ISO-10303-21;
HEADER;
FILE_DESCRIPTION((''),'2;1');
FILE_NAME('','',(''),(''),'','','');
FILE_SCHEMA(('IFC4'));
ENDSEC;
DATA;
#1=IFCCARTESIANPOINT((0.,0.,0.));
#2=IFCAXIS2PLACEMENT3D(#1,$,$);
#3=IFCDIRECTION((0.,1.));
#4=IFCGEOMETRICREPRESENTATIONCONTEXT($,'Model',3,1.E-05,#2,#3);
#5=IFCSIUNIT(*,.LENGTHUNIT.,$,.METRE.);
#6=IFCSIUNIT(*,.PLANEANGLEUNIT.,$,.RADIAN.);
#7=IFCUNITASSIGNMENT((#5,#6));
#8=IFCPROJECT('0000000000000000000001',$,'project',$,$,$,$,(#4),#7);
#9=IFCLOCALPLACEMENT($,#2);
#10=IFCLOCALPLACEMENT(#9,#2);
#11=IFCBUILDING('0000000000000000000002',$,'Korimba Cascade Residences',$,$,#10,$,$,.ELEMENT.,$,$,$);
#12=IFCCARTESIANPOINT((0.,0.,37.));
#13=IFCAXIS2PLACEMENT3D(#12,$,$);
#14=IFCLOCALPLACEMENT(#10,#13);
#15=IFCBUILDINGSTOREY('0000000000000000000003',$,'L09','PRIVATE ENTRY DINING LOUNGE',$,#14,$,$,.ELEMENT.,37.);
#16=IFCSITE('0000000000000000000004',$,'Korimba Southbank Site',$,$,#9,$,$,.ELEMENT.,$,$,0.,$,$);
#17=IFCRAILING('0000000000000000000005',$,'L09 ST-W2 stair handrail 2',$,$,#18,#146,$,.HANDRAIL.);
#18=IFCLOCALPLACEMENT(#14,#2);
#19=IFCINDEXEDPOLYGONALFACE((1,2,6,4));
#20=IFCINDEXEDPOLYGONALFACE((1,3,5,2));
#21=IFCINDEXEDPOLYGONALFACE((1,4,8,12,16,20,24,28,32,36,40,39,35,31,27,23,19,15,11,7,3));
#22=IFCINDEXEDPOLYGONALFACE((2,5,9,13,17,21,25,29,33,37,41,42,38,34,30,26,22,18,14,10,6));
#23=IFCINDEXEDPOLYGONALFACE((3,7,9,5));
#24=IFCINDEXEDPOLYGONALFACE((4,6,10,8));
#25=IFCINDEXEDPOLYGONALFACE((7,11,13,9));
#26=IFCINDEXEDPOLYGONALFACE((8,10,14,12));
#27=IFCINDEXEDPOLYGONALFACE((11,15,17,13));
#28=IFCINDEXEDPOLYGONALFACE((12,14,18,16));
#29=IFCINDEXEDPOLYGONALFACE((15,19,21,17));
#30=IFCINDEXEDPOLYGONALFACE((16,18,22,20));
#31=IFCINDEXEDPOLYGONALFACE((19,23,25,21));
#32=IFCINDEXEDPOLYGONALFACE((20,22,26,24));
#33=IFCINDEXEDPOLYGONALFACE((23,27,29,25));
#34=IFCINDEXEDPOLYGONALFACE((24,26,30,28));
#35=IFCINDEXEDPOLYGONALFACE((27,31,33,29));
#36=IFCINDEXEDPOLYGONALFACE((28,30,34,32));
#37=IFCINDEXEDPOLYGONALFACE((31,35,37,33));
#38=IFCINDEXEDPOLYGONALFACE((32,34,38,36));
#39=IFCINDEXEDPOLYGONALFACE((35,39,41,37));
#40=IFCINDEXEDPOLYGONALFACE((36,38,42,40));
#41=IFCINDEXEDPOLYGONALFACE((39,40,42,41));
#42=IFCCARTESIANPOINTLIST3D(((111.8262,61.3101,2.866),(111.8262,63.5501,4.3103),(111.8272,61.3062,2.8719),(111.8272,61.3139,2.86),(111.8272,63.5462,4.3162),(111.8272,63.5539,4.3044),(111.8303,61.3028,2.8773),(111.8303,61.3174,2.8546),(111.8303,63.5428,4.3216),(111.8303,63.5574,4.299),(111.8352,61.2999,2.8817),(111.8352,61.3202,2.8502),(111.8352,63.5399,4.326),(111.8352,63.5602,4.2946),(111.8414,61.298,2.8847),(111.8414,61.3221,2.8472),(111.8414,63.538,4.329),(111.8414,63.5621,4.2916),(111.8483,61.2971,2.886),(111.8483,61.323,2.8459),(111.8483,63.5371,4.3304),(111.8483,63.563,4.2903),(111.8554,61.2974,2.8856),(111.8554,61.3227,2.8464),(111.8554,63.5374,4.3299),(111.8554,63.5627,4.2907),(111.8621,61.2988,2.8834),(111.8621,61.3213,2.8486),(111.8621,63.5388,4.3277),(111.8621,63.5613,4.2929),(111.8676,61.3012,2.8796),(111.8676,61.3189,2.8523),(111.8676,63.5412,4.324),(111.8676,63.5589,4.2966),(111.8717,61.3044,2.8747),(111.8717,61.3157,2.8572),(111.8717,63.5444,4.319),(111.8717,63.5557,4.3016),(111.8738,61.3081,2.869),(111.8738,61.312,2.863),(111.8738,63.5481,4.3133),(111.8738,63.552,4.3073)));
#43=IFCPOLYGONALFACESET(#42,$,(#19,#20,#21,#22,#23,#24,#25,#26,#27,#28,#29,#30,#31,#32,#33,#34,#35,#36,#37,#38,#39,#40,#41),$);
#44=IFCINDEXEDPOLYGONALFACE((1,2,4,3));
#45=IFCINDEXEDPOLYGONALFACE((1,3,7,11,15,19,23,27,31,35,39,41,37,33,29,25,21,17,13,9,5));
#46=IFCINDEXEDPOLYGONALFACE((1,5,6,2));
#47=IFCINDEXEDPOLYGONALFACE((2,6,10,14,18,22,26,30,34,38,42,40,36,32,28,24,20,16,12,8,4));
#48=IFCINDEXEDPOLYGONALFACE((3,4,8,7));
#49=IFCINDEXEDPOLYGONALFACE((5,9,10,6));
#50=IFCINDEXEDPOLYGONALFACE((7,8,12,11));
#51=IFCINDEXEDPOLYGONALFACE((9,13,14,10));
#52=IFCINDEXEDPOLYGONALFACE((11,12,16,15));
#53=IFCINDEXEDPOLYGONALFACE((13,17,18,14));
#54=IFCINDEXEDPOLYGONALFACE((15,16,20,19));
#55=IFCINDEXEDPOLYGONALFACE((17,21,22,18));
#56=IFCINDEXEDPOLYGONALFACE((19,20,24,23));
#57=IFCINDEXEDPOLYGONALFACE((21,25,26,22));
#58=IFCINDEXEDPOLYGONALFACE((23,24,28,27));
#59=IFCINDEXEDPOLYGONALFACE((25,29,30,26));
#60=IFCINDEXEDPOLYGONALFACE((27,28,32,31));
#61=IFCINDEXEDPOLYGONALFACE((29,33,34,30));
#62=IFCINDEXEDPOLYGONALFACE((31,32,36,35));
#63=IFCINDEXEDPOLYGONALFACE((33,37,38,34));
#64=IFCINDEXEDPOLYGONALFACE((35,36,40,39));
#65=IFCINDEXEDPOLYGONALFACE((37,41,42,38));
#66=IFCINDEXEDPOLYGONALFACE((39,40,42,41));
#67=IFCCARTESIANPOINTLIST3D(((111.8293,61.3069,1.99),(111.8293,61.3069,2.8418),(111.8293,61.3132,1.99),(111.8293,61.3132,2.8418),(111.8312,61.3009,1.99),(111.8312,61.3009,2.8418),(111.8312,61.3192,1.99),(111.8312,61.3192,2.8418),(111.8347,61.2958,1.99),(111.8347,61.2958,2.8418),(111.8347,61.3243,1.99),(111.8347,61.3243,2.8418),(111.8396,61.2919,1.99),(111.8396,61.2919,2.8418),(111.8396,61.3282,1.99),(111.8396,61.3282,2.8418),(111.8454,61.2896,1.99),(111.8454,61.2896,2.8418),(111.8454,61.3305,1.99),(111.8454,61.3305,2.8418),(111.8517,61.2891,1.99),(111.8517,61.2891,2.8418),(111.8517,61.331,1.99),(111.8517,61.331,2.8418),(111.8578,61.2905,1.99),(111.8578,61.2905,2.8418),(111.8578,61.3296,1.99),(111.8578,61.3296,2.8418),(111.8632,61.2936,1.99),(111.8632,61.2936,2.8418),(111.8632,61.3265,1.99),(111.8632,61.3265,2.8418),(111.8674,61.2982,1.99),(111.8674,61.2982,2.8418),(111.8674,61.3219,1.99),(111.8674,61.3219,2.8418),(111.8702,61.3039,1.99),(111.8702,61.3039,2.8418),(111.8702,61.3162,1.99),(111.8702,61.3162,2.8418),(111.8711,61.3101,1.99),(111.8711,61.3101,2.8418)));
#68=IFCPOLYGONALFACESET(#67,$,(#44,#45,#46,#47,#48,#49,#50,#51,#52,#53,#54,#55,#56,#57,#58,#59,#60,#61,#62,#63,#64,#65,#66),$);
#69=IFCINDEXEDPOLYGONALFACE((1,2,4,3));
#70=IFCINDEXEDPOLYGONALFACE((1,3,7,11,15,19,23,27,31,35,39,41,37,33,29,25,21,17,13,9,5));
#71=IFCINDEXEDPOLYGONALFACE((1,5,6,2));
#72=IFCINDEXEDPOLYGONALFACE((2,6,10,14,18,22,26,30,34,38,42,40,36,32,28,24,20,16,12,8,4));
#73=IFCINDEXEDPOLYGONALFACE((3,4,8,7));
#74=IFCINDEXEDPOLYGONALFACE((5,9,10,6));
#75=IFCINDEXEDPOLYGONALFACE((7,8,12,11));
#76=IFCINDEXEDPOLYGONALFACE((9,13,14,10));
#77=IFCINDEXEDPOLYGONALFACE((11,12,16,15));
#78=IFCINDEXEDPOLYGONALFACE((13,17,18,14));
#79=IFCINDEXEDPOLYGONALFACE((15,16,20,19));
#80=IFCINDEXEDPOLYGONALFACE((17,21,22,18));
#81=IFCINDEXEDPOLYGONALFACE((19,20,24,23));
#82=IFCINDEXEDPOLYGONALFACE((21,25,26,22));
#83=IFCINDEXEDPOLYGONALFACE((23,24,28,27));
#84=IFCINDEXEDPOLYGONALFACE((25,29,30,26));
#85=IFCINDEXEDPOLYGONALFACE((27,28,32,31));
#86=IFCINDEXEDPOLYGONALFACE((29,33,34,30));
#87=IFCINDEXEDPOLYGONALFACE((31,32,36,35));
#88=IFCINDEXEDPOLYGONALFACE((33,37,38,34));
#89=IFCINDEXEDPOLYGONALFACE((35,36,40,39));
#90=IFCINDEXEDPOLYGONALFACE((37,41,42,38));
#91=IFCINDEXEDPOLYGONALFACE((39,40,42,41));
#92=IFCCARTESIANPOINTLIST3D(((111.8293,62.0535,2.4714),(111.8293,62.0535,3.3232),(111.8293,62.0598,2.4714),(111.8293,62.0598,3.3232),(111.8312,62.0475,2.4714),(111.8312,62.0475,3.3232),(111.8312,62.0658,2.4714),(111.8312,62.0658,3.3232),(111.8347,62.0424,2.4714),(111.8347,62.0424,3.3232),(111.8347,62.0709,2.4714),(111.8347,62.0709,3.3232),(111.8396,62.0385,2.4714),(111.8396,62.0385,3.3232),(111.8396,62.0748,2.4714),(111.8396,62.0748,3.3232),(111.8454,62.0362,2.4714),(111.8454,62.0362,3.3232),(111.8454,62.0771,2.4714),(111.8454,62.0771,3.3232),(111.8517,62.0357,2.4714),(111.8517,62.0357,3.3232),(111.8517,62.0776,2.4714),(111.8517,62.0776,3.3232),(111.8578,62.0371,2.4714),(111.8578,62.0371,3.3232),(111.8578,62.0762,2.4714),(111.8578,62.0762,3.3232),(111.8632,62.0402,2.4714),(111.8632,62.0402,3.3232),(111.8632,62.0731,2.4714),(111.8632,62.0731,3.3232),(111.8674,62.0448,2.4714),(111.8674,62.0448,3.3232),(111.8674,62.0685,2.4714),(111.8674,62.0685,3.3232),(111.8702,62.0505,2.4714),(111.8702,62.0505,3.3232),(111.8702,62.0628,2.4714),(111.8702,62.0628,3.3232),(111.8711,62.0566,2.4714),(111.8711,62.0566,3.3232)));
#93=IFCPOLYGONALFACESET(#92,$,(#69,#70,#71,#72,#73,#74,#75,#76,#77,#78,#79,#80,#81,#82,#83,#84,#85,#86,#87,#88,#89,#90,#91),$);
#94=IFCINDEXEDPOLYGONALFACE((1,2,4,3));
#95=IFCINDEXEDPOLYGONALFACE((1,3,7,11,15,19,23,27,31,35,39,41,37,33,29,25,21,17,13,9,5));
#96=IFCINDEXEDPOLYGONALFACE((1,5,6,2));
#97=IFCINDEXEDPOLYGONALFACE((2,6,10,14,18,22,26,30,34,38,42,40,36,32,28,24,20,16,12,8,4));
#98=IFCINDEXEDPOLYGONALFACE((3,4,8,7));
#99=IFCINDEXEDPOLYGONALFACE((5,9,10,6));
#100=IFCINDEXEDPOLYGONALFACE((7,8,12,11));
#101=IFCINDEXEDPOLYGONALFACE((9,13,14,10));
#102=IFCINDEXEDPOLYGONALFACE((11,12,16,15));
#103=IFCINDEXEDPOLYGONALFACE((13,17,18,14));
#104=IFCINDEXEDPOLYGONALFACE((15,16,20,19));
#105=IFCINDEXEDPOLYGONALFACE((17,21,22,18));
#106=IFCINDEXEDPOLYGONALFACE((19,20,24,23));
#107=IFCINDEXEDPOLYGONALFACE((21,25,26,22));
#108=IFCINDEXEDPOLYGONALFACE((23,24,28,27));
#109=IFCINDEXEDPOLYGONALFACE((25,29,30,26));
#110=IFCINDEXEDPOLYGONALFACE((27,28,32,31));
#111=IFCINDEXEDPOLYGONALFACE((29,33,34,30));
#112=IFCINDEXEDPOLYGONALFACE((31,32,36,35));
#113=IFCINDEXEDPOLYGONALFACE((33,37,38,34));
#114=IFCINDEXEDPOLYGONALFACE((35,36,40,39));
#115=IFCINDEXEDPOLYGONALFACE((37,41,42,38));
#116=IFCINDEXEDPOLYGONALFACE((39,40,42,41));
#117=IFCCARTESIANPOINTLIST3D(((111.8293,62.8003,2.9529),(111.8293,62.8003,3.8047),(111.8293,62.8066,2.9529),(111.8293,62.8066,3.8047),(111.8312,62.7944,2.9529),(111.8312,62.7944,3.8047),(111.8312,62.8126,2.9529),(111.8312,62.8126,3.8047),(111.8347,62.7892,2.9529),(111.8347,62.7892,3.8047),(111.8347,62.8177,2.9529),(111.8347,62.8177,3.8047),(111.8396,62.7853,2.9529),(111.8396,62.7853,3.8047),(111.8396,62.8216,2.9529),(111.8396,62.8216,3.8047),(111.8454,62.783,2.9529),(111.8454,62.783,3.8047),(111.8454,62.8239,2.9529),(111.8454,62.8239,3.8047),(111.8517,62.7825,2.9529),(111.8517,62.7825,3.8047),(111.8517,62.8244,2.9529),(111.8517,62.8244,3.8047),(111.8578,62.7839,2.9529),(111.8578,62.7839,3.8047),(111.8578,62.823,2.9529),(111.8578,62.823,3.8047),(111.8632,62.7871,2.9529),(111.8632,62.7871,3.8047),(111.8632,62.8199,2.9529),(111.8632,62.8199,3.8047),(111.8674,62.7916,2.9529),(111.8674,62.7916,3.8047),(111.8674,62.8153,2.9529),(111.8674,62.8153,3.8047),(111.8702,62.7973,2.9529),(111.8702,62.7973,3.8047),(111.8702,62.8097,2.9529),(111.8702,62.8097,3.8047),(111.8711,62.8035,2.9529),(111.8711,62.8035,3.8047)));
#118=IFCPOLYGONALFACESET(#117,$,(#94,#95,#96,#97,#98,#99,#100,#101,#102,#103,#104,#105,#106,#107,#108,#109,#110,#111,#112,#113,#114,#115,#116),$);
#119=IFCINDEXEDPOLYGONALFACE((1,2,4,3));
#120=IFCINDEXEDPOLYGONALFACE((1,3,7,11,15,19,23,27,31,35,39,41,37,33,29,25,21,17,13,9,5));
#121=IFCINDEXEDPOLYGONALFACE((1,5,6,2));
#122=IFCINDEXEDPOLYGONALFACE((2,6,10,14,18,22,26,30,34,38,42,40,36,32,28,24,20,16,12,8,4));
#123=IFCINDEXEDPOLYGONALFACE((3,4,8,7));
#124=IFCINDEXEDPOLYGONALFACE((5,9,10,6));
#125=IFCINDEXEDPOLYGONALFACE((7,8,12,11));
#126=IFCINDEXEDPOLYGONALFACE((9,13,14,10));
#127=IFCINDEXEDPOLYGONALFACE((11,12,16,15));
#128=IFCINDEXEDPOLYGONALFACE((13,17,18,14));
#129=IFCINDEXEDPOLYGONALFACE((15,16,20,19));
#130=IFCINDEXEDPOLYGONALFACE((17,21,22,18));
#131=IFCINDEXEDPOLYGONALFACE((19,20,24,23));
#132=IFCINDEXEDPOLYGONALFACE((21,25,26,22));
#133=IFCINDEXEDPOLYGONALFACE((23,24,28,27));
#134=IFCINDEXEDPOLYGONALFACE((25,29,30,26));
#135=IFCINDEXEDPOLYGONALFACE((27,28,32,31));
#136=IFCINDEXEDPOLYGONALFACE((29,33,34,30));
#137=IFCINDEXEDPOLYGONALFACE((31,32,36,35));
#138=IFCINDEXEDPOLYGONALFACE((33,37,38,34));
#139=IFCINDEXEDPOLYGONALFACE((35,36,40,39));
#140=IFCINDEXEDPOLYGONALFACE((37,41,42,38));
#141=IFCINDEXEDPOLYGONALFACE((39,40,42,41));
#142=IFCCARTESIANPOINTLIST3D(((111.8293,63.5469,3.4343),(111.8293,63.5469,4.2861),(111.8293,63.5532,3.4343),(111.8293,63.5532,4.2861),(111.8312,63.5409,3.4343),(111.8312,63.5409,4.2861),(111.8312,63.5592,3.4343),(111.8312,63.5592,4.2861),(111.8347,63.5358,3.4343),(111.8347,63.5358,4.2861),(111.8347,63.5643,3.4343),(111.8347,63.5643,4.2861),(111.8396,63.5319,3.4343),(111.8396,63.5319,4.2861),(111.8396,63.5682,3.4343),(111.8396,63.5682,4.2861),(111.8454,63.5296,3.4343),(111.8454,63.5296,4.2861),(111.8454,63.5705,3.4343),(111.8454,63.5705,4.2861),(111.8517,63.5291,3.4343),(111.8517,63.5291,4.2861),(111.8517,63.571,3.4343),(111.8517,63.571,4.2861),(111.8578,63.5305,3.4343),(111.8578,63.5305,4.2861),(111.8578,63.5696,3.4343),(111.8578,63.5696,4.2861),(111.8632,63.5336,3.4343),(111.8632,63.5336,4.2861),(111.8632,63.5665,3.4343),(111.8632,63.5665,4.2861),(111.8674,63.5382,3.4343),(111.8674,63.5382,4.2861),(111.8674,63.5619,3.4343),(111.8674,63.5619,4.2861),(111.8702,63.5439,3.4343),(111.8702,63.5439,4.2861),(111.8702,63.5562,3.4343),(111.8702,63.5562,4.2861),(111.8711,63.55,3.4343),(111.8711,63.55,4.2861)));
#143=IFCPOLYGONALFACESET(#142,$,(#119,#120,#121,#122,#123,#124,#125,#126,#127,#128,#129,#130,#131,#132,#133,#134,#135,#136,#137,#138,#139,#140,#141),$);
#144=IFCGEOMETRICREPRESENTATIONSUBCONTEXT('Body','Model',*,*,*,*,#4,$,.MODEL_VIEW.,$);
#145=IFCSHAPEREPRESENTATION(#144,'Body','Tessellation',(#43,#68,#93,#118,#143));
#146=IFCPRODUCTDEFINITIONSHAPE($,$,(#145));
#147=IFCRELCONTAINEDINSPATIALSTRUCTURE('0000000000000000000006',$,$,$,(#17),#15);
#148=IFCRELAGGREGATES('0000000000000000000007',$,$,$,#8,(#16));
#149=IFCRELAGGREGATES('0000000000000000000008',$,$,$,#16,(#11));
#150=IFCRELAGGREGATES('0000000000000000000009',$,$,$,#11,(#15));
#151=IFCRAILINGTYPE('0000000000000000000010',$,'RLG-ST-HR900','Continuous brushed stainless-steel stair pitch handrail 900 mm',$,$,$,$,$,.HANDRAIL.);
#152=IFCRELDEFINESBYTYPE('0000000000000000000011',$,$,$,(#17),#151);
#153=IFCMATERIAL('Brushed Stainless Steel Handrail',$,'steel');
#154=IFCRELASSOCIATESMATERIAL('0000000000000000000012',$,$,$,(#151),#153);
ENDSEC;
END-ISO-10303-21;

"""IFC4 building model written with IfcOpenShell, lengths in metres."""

from ifc_helpers import new_model, si_unit, direction, frame, origin, origin_2d, place, context, subcontext, project, spatial, circle, extrude, material, type_object, element, save


model = new_model("IFC4")

# Units and contexts
model_context = context("Model", 3, precision=1e-05, world=origin(), true_north=direction((0.0, 1.0)))
body_context = subcontext(model_context, "Body", "Model", "MODEL_VIEW")
ifc_project = project(units=[si_unit("LENGTHUNIT", "METRE"), si_unit("PLANEANGLEUNIT", "RADIAN")], contexts=[model_context])

# Site, building, storey
site_placement = place(None, origin())
site = spatial("IfcSite", under=ifc_project, at=site_placement, Name="Korimba Southbank Site", CompositionType="ELEMENT", RefElevation=0.0)
building_placement = place(site_placement, origin())
building = spatial("IfcBuilding", under=site, at=building_placement, Name="Korimba Cascade Residences", CompositionType="ELEMENT")
storey_placement = place(building_placement, frame((0.0, 0.0, 37.0)))
storey = spatial("IfcBuildingStorey", under=building, at=storey_placement, Name="L09", Description="PRIVATE ENTRY DINING LOUNGE", CompositionType="ELEMENT", Elevation=37.0)

# Railing
ifc_material_1 = material(Name="Brushed Stainless Steel Handrail", Category="steel")
railing_type_1 = type_object("IfcRailingType", Name="RLG-ST-HR900", Description="Continuous brushed stainless-steel stair pitch handrail 900 mm", PredefinedType="HANDRAIL", material=ifc_material_1)
railing_1_placement = place(storey_placement, frame((111.8501, 61.3101, 1.99)))
element("IfcRailing", 1, at=railing_1_placement, inside=storey, type_object=railing_type_1, Name="L09 ST-W2 stair handrail 2", PredefinedType="HANDRAIL", context=body_context, shape_type="SweptSolid", body=[
    extrude(circle(Radius=0.0239, at=origin_2d()), frame((0.0, 0.0, 0.876), z_axis=(0.0, 0.840437, 0.54191), x_axis=(-1.0, 0.0, 0.0)), (0.0, 0.0, 1.0), 2.6653),
    extrude(circle(Radius=0.021, at=origin_2d()), origin(), (0.0, 0.0, 1.0), 0.8518),
    extrude(circle(Radius=0.021, at=origin_2d()), frame((0.0, 0.7466, 0.4814)), (0.0, 0.0, 1.0), 0.8518),
    extrude(circle(Radius=0.021, at=origin_2d()), frame((0.0, 1.4934, 0.9629)), (0.0, 0.0, 1.0), 0.8518),
    extrude(circle(Radius=0.021, at=origin_2d()), frame((0.0, 2.24, 1.4443)), (0.0, 0.0, 1.0), 0.8518),
])

save(model, "model.ifc")
